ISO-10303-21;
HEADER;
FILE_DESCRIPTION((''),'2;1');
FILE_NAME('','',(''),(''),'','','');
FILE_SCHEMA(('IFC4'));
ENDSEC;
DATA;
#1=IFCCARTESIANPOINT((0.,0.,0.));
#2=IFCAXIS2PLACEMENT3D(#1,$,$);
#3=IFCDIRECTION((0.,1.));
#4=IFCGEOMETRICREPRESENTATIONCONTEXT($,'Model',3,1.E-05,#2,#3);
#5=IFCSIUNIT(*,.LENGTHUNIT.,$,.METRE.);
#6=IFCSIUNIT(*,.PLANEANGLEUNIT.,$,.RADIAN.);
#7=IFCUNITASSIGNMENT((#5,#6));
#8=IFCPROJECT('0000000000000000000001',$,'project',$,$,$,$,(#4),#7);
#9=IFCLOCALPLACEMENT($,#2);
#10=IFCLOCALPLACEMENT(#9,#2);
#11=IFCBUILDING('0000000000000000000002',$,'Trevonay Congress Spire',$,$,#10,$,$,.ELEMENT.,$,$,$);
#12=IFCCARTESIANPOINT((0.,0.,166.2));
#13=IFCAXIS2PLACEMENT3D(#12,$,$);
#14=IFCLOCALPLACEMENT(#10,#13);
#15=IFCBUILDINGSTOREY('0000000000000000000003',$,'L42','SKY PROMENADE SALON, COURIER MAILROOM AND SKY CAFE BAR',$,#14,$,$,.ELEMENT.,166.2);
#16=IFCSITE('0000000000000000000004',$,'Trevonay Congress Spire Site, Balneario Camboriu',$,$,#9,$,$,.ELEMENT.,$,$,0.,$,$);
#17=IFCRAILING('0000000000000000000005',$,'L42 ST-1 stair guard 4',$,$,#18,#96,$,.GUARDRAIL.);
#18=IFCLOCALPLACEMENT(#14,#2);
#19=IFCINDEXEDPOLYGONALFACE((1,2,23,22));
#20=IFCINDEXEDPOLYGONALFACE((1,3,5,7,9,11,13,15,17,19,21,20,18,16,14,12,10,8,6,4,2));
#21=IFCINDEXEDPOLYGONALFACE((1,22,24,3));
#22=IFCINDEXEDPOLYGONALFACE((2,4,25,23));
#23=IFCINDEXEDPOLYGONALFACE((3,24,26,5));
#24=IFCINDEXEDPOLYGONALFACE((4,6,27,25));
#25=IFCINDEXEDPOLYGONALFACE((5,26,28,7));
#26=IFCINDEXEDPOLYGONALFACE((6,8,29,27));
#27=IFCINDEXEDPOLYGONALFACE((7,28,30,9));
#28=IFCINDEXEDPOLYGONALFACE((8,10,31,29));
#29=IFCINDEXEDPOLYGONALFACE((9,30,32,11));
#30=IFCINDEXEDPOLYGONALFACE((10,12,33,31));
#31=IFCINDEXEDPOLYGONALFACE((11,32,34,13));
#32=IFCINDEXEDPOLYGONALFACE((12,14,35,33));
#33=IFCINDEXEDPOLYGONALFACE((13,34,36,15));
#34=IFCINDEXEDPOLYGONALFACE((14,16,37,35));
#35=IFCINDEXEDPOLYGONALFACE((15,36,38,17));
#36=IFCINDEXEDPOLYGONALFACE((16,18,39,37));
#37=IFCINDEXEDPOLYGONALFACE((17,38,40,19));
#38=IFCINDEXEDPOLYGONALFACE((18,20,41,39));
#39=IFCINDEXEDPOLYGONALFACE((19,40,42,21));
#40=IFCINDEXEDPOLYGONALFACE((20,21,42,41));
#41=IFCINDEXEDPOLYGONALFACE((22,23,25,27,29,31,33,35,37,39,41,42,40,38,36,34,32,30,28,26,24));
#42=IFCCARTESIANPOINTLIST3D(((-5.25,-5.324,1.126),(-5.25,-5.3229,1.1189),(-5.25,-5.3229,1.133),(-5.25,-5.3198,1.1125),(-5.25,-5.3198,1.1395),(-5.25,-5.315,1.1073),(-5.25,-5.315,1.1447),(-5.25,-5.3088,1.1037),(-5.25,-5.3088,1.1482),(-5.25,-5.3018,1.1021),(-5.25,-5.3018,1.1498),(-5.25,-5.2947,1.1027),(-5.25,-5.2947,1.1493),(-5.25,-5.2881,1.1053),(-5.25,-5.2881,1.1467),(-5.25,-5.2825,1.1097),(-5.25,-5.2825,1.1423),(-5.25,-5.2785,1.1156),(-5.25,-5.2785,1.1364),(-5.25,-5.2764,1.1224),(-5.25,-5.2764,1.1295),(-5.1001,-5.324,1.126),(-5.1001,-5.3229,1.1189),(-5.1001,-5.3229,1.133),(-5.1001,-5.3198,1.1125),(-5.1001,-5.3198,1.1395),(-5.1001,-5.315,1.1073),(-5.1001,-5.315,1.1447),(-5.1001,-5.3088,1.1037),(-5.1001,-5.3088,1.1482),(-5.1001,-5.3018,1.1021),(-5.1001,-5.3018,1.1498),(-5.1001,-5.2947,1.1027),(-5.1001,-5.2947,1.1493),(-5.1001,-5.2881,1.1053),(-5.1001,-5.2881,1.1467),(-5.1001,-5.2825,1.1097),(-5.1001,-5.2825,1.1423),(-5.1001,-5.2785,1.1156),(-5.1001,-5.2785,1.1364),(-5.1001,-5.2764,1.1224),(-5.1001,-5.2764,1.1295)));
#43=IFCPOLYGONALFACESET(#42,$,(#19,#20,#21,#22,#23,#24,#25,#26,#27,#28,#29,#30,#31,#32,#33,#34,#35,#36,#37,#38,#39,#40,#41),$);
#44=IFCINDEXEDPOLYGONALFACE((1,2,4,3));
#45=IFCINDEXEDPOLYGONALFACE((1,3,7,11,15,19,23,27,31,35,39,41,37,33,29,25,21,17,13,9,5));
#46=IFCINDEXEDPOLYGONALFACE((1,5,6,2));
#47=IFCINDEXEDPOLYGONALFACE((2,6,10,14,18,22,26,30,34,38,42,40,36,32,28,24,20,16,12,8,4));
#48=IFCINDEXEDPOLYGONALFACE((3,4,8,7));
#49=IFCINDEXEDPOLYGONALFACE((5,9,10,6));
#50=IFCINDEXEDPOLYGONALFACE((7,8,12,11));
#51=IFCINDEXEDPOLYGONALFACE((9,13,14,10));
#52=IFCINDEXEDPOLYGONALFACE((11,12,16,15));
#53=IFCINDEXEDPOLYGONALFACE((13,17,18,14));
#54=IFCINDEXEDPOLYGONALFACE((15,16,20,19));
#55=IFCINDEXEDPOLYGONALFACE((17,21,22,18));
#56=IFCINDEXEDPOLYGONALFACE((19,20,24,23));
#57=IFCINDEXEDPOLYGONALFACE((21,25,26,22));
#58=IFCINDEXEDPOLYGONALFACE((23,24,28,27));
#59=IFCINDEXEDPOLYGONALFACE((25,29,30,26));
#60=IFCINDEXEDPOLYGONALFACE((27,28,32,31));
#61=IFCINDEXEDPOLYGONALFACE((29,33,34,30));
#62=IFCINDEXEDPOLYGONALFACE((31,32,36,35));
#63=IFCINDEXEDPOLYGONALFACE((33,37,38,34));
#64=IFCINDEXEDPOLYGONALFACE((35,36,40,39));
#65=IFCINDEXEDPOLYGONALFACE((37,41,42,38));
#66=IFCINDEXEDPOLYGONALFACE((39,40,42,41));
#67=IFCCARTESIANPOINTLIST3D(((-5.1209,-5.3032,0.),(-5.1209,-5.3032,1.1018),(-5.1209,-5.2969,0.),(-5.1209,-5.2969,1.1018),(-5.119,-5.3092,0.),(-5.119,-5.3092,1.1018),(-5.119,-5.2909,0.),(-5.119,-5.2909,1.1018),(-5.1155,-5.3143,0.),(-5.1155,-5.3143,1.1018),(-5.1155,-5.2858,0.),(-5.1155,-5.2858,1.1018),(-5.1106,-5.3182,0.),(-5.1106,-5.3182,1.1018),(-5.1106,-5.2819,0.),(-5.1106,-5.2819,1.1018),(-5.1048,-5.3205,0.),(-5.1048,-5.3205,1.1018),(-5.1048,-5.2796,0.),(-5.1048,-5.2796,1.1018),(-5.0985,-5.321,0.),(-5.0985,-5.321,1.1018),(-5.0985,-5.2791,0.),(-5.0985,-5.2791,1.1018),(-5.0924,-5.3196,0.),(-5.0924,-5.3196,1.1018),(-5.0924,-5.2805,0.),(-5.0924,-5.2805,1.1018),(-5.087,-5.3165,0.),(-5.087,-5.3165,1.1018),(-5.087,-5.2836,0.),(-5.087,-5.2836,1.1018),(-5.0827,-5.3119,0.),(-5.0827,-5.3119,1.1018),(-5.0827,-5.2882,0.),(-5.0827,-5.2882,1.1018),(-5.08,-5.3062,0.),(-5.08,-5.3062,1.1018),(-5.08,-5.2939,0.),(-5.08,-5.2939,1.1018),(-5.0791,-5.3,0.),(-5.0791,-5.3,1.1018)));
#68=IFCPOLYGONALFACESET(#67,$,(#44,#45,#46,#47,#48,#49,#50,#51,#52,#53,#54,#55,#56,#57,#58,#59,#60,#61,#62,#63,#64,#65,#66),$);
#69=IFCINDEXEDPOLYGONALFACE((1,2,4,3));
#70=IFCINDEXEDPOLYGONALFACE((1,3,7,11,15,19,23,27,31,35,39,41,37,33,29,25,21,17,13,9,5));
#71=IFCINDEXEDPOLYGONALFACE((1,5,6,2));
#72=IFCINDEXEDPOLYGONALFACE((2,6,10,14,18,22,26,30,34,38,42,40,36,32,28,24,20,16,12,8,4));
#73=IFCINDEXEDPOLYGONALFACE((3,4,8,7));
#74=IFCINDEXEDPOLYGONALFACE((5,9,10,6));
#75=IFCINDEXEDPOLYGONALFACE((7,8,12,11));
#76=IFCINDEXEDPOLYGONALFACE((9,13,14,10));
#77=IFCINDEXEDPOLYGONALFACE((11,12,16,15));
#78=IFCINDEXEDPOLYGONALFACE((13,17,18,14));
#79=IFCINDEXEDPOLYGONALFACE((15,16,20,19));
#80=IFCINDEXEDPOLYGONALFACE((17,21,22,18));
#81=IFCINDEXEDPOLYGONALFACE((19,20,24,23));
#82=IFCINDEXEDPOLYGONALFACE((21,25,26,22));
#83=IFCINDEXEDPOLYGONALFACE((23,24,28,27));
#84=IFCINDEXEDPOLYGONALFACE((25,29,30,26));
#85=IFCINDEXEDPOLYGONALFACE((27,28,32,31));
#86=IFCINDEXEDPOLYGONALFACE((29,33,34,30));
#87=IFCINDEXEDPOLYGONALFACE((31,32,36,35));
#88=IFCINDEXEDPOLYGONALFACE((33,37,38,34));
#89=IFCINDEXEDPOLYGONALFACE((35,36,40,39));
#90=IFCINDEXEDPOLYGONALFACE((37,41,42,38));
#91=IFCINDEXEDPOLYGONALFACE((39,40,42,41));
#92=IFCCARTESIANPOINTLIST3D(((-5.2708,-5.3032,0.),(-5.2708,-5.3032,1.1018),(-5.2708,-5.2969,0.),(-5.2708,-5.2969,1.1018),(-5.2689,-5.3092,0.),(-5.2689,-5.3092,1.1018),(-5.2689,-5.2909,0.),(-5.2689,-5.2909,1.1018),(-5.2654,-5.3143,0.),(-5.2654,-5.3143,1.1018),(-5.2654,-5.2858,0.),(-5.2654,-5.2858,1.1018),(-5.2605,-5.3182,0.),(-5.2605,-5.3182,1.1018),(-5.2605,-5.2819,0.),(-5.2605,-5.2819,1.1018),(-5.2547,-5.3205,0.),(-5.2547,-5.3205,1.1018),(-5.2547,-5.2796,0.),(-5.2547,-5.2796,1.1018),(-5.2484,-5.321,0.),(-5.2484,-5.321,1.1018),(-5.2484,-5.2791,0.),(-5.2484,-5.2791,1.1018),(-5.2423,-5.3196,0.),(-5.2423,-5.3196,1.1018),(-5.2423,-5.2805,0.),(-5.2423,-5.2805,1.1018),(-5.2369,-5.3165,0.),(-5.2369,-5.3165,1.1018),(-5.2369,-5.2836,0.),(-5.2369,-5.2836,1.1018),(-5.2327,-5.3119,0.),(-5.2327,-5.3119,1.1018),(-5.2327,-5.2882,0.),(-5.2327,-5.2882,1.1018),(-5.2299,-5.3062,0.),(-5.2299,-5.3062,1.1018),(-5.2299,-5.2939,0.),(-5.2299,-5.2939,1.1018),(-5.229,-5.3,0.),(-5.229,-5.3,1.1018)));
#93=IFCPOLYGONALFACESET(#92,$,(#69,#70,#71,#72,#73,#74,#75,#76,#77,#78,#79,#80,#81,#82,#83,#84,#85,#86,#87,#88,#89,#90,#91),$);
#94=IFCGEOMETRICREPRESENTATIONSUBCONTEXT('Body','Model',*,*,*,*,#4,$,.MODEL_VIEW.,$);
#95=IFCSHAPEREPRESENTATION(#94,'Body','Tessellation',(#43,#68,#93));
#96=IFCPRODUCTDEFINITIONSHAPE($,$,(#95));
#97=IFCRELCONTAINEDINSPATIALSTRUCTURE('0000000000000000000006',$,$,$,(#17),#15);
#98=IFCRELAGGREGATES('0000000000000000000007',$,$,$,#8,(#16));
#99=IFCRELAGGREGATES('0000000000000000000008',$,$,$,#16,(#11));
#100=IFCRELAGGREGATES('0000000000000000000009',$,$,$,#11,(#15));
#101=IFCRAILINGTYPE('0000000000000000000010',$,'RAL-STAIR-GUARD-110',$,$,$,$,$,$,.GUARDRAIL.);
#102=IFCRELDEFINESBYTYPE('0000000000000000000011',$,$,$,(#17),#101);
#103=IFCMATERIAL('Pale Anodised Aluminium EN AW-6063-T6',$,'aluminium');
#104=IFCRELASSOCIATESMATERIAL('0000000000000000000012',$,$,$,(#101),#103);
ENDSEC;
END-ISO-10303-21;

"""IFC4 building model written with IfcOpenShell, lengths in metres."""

from ifc_helpers import new_model, si_unit, direction, frame, origin, origin_2d, place, context, subcontext, project, spatial, circle, extrude, material, type_object, element, save


model = new_model("IFC4")

# Units and contexts
model_context = context("Model", 3, precision=1e-05, world=origin(), true_north=direction((0.0, 1.0)))
body_context = subcontext(model_context, "Body", "Model", "MODEL_VIEW")
ifc_project = project(units=[si_unit("LENGTHUNIT", "METRE"), si_unit("PLANEANGLEUNIT", "RADIAN")], contexts=[model_context])

# Site, building, storey
site_placement = place(None, origin())
site = spatial("IfcSite", under=ifc_project, at=site_placement, Name="Trevonay Congress Spire Site, Balneario Camboriu", CompositionType="ELEMENT", RefElevation=0.0)
building_placement = place(site_placement, origin())
building = spatial("IfcBuilding", under=site, at=building_placement, Name="Trevonay Congress Spire", CompositionType="ELEMENT")
storey_placement = place(building_placement, frame((0.0, 0.0, 166.2)))
storey = spatial("IfcBuildingStorey", under=building, at=storey_placement, Name="L42", Description="SKY PROMENADE SALON, COURIER MAILROOM AND SKY CAFE BAR", CompositionType="ELEMENT", Elevation=166.2)

# Railing
ifc_material_1 = material(Name="Pale Anodised Aluminium EN AW-6063-T6", Category="aluminium")
railing_type_1 = type_object("IfcRailingType", Name="RAL-STAIR-GUARD-110", PredefinedType="GUARDRAIL", material=ifc_material_1)
railing_1_placement = place(storey_placement, frame((-5.1001, -5.3, 0.0)))
element("IfcRailing", 1, at=railing_1_placement, inside=storey, type_object=railing_type_1, Name="L42 ST-1 stair guard 4", PredefinedType="GUARDRAIL", context=body_context, shape_type="SweptSolid", body=[
    extrude(circle(Radius=0.0239, at=origin_2d()), frame((0.0, 0.0, 1.126), z_axis=(-1.0, 0.0, 0.0), x_axis=(0.0, -1.0, 0.0)), (0.0, 0.0, 1.0), 0.1499),
    extrude(circle(Radius=0.021, at=origin_2d()), origin(), (0.0, 0.0, 1.0), 1.1018),
    extrude(circle(Radius=0.021, at=origin_2d()), frame((-0.1499, 0.0, 0.0)), (0.0, 0.0, 1.0), 1.1018),
])

save(model, "model.ifc")
